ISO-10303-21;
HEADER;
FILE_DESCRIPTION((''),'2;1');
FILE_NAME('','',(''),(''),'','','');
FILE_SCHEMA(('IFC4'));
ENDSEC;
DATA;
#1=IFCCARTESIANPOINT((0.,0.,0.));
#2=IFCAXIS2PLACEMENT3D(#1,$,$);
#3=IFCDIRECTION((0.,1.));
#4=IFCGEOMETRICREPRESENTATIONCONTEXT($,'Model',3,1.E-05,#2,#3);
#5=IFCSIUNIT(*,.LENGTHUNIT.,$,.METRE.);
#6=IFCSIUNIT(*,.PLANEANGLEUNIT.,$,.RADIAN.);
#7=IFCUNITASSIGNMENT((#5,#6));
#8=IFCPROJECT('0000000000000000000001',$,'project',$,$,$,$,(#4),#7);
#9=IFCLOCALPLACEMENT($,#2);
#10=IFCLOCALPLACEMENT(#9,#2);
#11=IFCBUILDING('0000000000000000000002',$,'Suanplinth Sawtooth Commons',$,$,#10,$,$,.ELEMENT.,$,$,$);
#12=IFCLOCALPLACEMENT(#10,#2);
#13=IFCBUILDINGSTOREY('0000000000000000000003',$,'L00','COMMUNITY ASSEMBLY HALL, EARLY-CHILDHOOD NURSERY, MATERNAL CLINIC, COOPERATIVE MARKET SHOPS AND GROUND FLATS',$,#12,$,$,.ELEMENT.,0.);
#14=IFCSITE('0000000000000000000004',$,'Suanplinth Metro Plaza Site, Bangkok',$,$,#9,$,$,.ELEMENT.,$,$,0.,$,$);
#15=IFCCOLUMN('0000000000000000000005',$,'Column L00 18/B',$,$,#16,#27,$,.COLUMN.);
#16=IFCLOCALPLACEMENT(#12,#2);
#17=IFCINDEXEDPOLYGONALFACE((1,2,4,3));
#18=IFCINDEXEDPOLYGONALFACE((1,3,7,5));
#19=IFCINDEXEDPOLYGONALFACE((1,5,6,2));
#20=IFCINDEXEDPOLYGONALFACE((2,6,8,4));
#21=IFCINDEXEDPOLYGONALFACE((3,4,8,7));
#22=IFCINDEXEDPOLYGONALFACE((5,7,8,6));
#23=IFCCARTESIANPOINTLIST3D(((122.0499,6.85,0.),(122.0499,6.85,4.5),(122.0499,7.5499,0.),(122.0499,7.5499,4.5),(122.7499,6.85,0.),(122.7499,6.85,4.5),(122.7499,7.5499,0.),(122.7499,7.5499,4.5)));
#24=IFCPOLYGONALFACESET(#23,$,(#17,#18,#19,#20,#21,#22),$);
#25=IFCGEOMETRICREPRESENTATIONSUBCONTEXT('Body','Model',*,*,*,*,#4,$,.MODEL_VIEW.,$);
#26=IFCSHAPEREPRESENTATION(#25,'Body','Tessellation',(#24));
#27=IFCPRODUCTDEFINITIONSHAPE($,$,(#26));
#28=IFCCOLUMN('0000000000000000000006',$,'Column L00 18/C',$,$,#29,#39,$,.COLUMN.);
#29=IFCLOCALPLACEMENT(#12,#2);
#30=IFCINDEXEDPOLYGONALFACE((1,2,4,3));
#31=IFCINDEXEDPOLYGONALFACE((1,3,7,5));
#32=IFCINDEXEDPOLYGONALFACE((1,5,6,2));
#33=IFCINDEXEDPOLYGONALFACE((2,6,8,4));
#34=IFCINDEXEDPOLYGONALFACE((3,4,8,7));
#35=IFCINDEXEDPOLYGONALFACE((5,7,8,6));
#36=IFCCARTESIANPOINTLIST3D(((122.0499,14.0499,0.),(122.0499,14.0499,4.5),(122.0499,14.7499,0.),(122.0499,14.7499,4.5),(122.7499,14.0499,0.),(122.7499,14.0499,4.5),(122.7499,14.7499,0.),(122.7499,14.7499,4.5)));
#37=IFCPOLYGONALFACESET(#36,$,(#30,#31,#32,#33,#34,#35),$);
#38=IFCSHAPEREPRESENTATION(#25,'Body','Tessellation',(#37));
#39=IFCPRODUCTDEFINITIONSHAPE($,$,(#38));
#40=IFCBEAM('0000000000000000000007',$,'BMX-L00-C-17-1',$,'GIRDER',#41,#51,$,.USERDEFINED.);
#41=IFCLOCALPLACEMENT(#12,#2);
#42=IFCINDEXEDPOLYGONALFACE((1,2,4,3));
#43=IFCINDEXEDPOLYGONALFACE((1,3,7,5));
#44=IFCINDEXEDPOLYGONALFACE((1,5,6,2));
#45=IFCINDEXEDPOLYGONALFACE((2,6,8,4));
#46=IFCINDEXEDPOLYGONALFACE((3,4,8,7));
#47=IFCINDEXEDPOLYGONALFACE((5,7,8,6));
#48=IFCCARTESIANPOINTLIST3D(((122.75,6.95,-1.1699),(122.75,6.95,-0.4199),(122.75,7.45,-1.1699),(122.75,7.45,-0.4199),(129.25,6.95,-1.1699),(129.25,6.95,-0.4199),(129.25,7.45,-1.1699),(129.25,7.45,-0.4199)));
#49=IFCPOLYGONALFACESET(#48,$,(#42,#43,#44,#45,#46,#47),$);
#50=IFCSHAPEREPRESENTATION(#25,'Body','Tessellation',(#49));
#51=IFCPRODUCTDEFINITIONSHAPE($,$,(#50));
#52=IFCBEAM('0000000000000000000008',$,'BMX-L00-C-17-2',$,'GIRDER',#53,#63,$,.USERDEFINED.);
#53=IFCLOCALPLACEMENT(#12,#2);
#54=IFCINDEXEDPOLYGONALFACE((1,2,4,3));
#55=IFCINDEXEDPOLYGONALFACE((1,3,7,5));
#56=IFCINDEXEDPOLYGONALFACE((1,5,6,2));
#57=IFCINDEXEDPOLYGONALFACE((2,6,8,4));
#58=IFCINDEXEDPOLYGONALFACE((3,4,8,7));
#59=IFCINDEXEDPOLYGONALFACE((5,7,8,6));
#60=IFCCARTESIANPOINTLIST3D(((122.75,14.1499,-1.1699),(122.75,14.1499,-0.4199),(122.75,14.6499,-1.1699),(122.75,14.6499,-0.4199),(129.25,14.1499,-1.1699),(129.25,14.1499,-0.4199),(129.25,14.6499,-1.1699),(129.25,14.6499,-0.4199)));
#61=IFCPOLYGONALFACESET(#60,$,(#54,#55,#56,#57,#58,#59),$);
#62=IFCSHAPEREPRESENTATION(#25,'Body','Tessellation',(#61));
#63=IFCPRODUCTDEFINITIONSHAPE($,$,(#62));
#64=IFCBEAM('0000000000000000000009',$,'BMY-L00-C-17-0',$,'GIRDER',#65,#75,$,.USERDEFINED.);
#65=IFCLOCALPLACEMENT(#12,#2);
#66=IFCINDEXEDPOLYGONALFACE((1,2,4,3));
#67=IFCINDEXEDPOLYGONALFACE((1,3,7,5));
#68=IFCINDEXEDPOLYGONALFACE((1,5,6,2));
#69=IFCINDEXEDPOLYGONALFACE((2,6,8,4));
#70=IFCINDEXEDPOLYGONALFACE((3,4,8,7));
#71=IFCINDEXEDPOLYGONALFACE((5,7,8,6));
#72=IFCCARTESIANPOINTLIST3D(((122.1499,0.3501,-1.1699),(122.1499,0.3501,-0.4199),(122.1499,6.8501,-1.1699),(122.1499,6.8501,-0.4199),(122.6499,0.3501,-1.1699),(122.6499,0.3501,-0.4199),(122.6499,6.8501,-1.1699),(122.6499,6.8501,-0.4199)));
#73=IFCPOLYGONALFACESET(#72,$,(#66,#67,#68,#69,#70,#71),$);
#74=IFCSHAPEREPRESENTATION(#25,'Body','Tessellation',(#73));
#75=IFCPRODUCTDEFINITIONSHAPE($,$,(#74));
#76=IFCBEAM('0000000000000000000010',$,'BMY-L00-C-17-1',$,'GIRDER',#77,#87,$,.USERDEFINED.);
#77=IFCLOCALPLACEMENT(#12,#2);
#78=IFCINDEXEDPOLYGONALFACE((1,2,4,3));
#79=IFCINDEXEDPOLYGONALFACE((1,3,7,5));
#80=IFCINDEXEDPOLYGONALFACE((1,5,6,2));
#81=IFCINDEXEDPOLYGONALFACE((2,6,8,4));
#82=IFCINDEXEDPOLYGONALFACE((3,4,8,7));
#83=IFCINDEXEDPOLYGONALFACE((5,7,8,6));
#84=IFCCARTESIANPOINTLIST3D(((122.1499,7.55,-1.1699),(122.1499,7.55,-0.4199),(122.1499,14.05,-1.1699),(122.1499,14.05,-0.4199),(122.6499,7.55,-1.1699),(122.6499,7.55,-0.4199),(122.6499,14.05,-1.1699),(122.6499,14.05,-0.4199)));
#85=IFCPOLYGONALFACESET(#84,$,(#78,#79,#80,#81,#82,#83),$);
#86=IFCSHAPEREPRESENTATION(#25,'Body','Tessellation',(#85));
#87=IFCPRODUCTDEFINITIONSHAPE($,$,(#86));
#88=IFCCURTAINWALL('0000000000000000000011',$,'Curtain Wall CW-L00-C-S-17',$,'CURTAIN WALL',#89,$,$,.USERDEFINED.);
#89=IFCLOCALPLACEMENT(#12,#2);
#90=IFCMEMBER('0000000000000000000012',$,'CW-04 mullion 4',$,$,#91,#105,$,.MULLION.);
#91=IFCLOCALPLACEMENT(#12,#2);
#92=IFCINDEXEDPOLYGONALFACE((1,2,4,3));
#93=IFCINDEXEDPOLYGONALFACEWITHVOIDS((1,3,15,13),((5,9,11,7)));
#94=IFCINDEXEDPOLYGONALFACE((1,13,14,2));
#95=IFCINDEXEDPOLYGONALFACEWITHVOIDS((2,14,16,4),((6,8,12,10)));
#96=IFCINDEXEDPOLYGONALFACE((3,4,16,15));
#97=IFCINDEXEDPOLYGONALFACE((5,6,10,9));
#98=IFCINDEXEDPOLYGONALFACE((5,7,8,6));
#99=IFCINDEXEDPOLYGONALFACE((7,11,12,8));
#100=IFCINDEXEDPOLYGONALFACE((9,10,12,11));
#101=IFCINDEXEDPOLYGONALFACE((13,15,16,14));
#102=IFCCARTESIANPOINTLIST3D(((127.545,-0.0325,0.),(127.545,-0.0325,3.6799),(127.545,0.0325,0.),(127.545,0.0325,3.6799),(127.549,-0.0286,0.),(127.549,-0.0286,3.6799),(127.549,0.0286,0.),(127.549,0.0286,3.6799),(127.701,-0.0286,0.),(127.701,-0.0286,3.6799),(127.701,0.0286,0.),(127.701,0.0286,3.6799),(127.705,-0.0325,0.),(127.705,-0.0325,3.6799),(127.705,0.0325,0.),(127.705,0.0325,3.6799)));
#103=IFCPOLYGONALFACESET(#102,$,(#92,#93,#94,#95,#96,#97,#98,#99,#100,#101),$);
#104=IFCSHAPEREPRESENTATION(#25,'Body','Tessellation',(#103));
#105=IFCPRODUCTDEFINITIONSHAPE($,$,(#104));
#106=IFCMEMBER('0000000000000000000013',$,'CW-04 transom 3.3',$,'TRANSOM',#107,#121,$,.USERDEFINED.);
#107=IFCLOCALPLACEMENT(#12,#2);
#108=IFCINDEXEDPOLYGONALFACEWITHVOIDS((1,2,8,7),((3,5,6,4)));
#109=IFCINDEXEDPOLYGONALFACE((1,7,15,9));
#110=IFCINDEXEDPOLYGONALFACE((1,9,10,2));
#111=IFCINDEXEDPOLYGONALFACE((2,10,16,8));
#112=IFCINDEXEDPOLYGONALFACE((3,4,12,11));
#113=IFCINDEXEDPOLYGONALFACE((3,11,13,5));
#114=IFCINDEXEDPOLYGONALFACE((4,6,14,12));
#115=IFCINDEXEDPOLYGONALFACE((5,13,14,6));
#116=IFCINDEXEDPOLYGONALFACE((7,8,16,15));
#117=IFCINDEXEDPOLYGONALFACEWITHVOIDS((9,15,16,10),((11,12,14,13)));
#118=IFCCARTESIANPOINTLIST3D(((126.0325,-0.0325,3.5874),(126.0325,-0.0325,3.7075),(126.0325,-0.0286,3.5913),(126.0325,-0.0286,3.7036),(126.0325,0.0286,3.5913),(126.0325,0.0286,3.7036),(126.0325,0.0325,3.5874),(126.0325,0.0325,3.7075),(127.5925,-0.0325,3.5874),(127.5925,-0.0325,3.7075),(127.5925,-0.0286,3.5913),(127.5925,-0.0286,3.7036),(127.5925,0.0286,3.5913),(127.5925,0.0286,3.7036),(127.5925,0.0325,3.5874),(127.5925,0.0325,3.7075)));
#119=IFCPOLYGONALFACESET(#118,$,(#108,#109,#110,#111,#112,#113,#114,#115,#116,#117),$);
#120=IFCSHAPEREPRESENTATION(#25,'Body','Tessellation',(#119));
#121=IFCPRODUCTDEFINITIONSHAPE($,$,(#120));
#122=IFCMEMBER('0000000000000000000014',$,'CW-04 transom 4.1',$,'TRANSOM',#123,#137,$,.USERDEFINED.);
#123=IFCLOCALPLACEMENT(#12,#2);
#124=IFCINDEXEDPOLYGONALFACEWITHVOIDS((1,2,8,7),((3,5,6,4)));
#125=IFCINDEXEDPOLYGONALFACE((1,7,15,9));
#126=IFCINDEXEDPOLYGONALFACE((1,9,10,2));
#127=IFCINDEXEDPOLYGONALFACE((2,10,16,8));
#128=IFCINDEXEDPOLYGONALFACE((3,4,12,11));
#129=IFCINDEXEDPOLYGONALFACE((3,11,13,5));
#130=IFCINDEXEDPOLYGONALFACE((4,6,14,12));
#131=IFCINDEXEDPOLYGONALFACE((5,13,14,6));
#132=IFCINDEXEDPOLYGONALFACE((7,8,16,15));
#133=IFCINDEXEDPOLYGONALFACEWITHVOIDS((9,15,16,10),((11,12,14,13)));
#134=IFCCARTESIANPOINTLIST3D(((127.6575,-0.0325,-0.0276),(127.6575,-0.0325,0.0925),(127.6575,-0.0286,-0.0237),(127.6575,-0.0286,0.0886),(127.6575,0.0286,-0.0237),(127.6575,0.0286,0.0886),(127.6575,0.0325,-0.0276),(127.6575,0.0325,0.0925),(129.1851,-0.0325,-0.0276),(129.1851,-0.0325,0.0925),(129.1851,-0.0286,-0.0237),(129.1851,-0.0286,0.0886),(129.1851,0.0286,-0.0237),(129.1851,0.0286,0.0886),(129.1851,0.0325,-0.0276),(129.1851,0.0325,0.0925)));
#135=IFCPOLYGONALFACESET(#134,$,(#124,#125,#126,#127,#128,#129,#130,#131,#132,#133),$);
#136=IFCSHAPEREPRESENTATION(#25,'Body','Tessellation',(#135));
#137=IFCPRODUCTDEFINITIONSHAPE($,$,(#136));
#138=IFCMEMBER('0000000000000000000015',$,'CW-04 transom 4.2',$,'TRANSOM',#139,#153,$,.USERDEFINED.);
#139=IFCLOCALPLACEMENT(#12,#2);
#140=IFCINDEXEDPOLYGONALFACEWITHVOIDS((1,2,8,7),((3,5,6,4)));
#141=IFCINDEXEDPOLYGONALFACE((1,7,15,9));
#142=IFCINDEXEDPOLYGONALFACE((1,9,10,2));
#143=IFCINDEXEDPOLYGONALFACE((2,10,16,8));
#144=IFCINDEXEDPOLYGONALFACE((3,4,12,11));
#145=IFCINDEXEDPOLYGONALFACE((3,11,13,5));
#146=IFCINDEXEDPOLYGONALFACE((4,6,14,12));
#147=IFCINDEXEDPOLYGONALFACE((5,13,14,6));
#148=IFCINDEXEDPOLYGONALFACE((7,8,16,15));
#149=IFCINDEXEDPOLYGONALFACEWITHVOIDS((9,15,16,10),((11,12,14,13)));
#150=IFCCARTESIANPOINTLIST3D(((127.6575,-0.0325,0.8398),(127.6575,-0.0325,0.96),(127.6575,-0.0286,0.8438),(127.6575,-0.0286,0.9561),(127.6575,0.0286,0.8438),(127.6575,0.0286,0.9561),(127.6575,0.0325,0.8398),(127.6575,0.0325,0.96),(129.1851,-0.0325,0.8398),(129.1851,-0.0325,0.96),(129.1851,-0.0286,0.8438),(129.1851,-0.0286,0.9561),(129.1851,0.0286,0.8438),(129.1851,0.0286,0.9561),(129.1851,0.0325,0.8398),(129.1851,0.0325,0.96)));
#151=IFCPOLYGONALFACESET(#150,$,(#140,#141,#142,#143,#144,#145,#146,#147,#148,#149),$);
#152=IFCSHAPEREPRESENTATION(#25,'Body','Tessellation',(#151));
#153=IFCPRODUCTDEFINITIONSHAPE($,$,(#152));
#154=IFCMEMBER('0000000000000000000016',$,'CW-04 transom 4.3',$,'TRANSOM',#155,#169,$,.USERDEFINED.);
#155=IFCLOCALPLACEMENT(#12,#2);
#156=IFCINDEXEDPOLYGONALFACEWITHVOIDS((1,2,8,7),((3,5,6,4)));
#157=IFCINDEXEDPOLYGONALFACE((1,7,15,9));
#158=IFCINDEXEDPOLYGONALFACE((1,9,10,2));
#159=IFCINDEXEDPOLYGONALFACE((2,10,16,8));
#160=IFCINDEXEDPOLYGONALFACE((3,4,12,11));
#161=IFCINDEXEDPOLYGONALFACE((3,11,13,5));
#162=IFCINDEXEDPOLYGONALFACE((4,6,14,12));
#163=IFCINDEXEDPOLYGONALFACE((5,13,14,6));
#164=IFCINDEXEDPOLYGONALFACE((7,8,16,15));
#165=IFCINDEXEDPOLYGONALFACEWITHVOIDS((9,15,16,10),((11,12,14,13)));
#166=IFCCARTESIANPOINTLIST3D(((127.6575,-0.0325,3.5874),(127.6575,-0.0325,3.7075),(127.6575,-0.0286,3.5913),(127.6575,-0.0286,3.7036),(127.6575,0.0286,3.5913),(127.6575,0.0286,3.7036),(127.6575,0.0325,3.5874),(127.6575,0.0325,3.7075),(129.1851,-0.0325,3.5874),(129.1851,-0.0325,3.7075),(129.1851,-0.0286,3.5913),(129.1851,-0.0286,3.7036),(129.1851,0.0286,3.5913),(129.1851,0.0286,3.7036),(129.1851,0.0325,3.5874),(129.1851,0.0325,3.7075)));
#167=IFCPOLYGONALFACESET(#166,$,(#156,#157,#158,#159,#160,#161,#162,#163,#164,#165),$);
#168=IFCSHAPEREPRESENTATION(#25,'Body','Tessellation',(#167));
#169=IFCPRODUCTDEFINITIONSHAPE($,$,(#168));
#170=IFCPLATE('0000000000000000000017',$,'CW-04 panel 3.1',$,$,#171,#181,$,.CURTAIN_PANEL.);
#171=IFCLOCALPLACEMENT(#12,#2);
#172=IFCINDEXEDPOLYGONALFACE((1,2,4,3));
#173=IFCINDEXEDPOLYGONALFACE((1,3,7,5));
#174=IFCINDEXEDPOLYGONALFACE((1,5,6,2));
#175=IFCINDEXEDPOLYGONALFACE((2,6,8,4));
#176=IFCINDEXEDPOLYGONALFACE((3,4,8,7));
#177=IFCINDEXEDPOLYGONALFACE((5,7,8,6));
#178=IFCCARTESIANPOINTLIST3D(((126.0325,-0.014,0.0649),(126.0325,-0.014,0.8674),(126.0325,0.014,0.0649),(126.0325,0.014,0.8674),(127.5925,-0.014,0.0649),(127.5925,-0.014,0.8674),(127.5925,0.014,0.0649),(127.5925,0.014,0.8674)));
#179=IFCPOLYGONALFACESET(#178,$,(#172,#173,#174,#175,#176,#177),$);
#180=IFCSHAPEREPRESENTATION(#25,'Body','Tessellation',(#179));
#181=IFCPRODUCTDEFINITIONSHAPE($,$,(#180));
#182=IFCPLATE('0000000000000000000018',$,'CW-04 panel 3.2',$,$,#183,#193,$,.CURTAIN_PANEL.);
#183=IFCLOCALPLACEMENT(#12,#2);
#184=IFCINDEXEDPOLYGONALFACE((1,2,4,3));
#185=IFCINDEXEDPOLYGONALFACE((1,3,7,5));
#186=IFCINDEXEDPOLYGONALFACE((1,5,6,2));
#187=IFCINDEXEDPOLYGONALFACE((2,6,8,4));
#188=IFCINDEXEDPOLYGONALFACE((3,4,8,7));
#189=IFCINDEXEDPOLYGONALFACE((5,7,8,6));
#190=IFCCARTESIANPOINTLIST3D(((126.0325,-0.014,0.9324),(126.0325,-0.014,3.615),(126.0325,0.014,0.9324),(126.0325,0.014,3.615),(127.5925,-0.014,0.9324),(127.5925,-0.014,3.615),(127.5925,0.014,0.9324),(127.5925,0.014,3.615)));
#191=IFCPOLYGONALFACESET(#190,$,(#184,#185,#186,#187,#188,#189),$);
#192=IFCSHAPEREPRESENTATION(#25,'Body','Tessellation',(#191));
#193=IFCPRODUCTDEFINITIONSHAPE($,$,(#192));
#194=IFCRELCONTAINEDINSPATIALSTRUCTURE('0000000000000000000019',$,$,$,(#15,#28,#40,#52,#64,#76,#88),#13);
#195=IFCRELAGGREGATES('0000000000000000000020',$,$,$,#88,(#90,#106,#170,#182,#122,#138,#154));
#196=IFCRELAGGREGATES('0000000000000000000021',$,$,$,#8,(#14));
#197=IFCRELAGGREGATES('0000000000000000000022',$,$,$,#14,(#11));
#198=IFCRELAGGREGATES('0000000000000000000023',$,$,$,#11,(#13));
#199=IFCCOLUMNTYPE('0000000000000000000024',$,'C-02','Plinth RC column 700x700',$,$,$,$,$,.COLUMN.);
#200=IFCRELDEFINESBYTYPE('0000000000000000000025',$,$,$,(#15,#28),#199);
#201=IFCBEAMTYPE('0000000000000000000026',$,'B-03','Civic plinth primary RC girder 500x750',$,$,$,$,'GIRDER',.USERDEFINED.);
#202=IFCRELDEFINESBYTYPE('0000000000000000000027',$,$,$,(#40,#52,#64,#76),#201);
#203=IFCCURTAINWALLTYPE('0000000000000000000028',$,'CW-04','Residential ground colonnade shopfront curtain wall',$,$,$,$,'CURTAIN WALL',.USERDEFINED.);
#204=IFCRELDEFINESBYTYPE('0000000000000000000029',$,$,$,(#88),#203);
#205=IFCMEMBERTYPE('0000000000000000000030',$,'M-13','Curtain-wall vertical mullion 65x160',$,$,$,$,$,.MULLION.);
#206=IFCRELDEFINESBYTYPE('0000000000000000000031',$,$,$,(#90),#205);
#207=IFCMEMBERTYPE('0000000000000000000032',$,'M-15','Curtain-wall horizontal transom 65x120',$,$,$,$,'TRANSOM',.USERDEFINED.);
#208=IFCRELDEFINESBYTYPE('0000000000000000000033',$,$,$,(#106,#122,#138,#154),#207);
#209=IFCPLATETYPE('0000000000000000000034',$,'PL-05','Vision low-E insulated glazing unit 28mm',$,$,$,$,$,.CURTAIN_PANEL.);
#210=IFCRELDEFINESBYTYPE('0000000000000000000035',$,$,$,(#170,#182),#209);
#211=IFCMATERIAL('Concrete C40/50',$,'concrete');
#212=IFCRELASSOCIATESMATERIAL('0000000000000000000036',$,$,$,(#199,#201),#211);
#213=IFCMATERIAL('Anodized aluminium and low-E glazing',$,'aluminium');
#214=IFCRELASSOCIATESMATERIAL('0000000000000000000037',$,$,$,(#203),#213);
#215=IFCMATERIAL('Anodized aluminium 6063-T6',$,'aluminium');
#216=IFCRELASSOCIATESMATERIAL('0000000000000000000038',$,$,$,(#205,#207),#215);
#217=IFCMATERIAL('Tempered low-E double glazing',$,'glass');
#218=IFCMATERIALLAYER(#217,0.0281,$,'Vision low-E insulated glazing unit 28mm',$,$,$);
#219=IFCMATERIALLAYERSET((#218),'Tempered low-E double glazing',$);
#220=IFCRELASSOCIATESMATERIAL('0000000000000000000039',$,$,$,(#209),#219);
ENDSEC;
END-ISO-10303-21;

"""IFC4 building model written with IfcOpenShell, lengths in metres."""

from ifc_helpers import new_model, si_unit, direction, frame, origin, origin_2d, place, context, subcontext, project, spatial, rectangle, hollow_rectangle, extrude, material, layer, layer_set, material_profile, profile_set, type_object, element, aggregate, save


model = new_model("IFC4")

# Units and contexts
model_context = context("Model", 3, precision=1e-05, world=origin(), true_north=direction((0.0, 1.0)))
body_context = subcontext(model_context, "Body", "Model", "MODEL_VIEW")
ifc_project = project(units=[si_unit("LENGTHUNIT", "METRE"), si_unit("PLANEANGLEUNIT", "RADIAN")], contexts=[model_context])

# Site, building, storey
site_placement = place(None, origin())
site = spatial("IfcSite", under=ifc_project, at=site_placement, Name="Suanplinth Metro Plaza Site, Bangkok", CompositionType="ELEMENT", RefElevation=0.0)
building_placement = place(site_placement, origin())
building = spatial("IfcBuilding", under=site, at=building_placement, Name="Suanplinth Sawtooth Commons", CompositionType="ELEMENT")
storey_placement = place(building_placement, origin())
storey = spatial("IfcBuildingStorey", under=building, at=storey_placement, Name="L00", Description="COMMUNITY ASSEMBLY HALL, EARLY-CHILDHOOD NURSERY, MATERNAL CLINIC, COOPERATIVE MARKET SHOPS AND GROUND FLATS", CompositionType="ELEMENT", Elevation=0.0)

# Columns
ifc_material_1 = material(Name="Concrete C40/50", Category="concrete")
ifc_material_profile_1 = material_profile(ifc_material_1, rectangle(XDim=0.7, YDim=0.7, at=origin_2d()), Name="RC-COL 700x700")
ifc_profile_set_1 = profile_set([ifc_material_profile_1], Name="Concrete C40/50")
column_type = type_object("IfcColumnType", Name="C-02", Description="Plinth RC column 700x700", PredefinedType="COLUMN", material=ifc_profile_set_1)
for number, where, z_axis, x_axis, name in (
    (1, (122.3999, 7.2, 0.0), (0.0, 0.0, 1.0), (1.0, 0.0, 0.0), "Column L00 18/B"),
    (2, (122.3999, 14.3999, 0.0), (0.0, 0.0, 1.0), (1.0, 0.0, 0.0), "Column L00 18/C"),
):
    element("IfcColumn", number, at=place(storey_placement, frame(where, z_axis=z_axis, x_axis=x_axis)), inside=storey, type_object=column_type, Name=name, PredefinedType="COLUMN", context=body_context, shape_type="SweptSolid", body=[
        extrude(rectangle(XDim=0.7, YDim=0.7, at=origin_2d()), origin(), (0.0, 0.0, 1.0), 4.5),
    ])

# Beams
ifc_material_profile_2 = material_profile(ifc_material_1, rectangle(XDim=0.5, YDim=0.75, at=origin_2d()), Name="RC-GDR 500x750")
ifc_profile_set_2 = profile_set([ifc_material_profile_2], Name="Concrete C40/50")
beam_type = type_object("IfcBeamType", Name="B-03", Description="Civic plinth primary RC girder 500x750", ElementType="GIRDER", PredefinedType="USERDEFINED", material=ifc_profile_set_2)
for number, where, z_axis, x_axis, name in (
    (3, (122.75, 7.2, -0.7949), (1.0, 0.0, 0.0), (0.0, 1.0, 0.0), "BMX-L00-C-17-1"),
    (4, (122.75, 14.3999, -0.7949), (1.0, 0.0, 0.0), (0.0, 1.0, 0.0), "BMX-L00-C-17-2"),
    (5, (122.3999, 0.3501, -0.7949), (0.0, 1.0, 0.0), (-1.0, 0.0, 0.0), "BMY-L00-C-17-0"),
    (6, (122.3999, 7.55, -0.7949), (0.0, 1.0, 0.0), (-1.0, 0.0, 0.0), "BMY-L00-C-17-1"),
):
    element("IfcBeam", number, at=place(storey_placement, frame(where, z_axis=z_axis, x_axis=x_axis)), inside=storey, type_object=beam_type, Name=name, ObjectType="GIRDER", PredefinedType="USERDEFINED", context=body_context, shape_type="SweptSolid", body=[
        extrude(rectangle(XDim=0.5, YDim=0.75, at=origin_2d()), origin(), (0.0, 0.0, 1.0), 6.5),
    ])

# Curtain wall, members, plates
ifc_material_2 = material(Name="Anodized aluminium and low-E glazing", Category="aluminium")
curtain_wall_type = type_object("IfcCurtainWallType", Name="CW-04", Description="Residential ground colonnade shopfront curtain wall", ElementType="CURTAIN WALL", PredefinedType="USERDEFINED", material=ifc_material_2)
curtain_wall_placement = place(storey_placement, origin())
curtain_wall = element("IfcCurtainWall", 7, at=curtain_wall_placement, inside=storey, type_object=curtain_wall_type, Name="Curtain Wall CW-L00-C-S-17", ObjectType="CURTAIN WALL", PredefinedType="USERDEFINED")
ifc_material_3 = material(Name="Anodized aluminium 6063-T6", Category="aluminium")
ifc_material_profile_3 = material_profile(ifc_material_3, hollow_rectangle(XDim=0.0649, YDim=0.1599, WallThickness=0.0039, at=origin_2d()), Name="ALU-MUL 65x160")
ifc_profile_set_3 = profile_set([ifc_material_profile_3], Name="Anodized aluminium 6063-T6")
member_type_1 = type_object("IfcMemberType", Name="M-13", Description="Curtain-wall vertical mullion 65x160", PredefinedType="MULLION", material=ifc_profile_set_3)
member_1_placement = place(storey_placement, frame((127.625, 0.0, 0.0), z_axis=(0.0, 0.0, 1.0), x_axis=(0.0, 1.0, 0.0)))
member_1 = element("IfcMember", 8, at=member_1_placement, type_object=member_type_1, Name="CW-04 mullion 4", PredefinedType="MULLION", context=body_context, shape_type="SweptSolid", body=[
    extrude(hollow_rectangle(XDim=0.0649, YDim=0.1599, WallThickness=0.0039, at=origin_2d()), origin(), (0.0, 0.0, 1.0), 3.6799),
])
ifc_material_profile_4 = material_profile(ifc_material_3, hollow_rectangle(XDim=0.0649, YDim=0.1201, WallThickness=0.0039, at=origin_2d()), Name="ALU-TRN 65x120")
ifc_profile_set_4 = profile_set([ifc_material_profile_4], Name="Anodized aluminium 6063-T6")
member_type_2 = type_object("IfcMemberType", Name="M-15", Description="Curtain-wall horizontal transom 65x120", ElementType="TRANSOM", PredefinedType="USERDEFINED", material=ifc_profile_set_4)
member_2_placement = place(storey_placement, frame((126.0325, 0.0, 3.6475), z_axis=(1.0, 0.0, 0.0), x_axis=(0.0, 1.0, 0.0)))
member_2 = element("IfcMember", 9, at=member_2_placement, type_object=member_type_2, Name="CW-04 transom 3.3", ObjectType="TRANSOM", PredefinedType="USERDEFINED", context=body_context, shape_type="SweptSolid", body=[
    extrude(hollow_rectangle(XDim=0.0649, YDim=0.1201, WallThickness=0.0039, at=origin_2d()), origin(), (0.0, 0.0, 1.0), 1.5601),
])
member_3_placement = place(storey_placement, frame((127.6575, 0.0, 0.0325), z_axis=(1.0, 0.0, 0.0), x_axis=(0.0, 1.0, 0.0)))
member_3 = element("IfcMember", 10, at=member_3_placement, type_object=member_type_2, Name="CW-04 transom 4.1", ObjectType="TRANSOM", PredefinedType="USERDEFINED", context=body_context, shape_type="SweptSolid", body=[
    extrude(hollow_rectangle(XDim=0.0649, YDim=0.1201, WallThickness=0.0039, at=origin_2d()), origin(), (0.0, 0.0, 1.0), 1.5276),
])
member_4_placement = place(storey_placement, frame((127.6575, 0.0, 0.8999), z_axis=(1.0, 0.0, 0.0), x_axis=(0.0, 1.0, 0.0)))
member_4 = element("IfcMember", 11, at=member_4_placement, type_object=member_type_2, Name="CW-04 transom 4.2", ObjectType="TRANSOM", PredefinedType="USERDEFINED", context=body_context, shape_type="SweptSolid", body=[
    extrude(hollow_rectangle(XDim=0.0649, YDim=0.1201, WallThickness=0.0039, at=origin_2d()), origin(), (0.0, 0.0, 1.0), 1.5276),
])
member_5_placement = place(storey_placement, frame((127.6575, 0.0, 3.6475), z_axis=(1.0, 0.0, 0.0), x_axis=(0.0, 1.0, 0.0)))
member_5 = element("IfcMember", 12, at=member_5_placement, type_object=member_type_2, Name="CW-04 transom 4.3", ObjectType="TRANSOM", PredefinedType="USERDEFINED", context=body_context, shape_type="SweptSolid", body=[
    extrude(hollow_rectangle(XDim=0.0649, YDim=0.1201, WallThickness=0.0039, at=origin_2d()), origin(), (0.0, 0.0, 1.0), 1.5276),
])
ifc_material_4 = material(Name="Tempered low-E double glazing", Category="glass")
ifc_layer_1 = layer(ifc_material_4, 0.0281, Name="Vision low-E insulated glazing unit 28mm")
ifc_layer_set_1 = layer_set([ifc_layer_1], Name="Tempered low-E double glazing")
plate_type = type_object("IfcPlateType", Name="PL-05", Description="Vision low-E insulated glazing unit 28mm", PredefinedType="CURTAIN_PANEL", material=ifc_layer_set_1)
plate_1_placement = place(storey_placement, frame((126.8125, 0.0, 0.0649), z_axis=(0.0, 0.0, 1.0), x_axis=(1.0, 0.0, 0.0)))
plate_1 = element("IfcPlate", 13, at=plate_1_placement, type_object=plate_type, Name="CW-04 panel 3.1", PredefinedType="CURTAIN_PANEL", context=body_context, shape_type="SweptSolid", body=[
    extrude(rectangle(XDim=1.5601, YDim=0.0281, at=origin_2d()), origin(), (0.0, 0.0, 1.0), 0.8025),
])
plate_2_placement = place(storey_placement, frame((126.8125, 0.0, 0.9324), z_axis=(0.0, 0.0, 1.0), x_axis=(1.0, 0.0, 0.0)))
plate_2 = element("IfcPlate", 14, at=plate_2_placement, type_object=plate_type, Name="CW-04 panel 3.2", PredefinedType="CURTAIN_PANEL", context=body_context, shape_type="SweptSolid", body=[
    extrude(rectangle(XDim=1.5601, YDim=0.0281, at=origin_2d()), origin(), (0.0, 0.0, 1.0), 2.6826),
])
aggregate(curtain_wall, [member_1, member_2, plate_1, plate_2, member_3, member_4, member_5])

save(model, "model.ifc")
